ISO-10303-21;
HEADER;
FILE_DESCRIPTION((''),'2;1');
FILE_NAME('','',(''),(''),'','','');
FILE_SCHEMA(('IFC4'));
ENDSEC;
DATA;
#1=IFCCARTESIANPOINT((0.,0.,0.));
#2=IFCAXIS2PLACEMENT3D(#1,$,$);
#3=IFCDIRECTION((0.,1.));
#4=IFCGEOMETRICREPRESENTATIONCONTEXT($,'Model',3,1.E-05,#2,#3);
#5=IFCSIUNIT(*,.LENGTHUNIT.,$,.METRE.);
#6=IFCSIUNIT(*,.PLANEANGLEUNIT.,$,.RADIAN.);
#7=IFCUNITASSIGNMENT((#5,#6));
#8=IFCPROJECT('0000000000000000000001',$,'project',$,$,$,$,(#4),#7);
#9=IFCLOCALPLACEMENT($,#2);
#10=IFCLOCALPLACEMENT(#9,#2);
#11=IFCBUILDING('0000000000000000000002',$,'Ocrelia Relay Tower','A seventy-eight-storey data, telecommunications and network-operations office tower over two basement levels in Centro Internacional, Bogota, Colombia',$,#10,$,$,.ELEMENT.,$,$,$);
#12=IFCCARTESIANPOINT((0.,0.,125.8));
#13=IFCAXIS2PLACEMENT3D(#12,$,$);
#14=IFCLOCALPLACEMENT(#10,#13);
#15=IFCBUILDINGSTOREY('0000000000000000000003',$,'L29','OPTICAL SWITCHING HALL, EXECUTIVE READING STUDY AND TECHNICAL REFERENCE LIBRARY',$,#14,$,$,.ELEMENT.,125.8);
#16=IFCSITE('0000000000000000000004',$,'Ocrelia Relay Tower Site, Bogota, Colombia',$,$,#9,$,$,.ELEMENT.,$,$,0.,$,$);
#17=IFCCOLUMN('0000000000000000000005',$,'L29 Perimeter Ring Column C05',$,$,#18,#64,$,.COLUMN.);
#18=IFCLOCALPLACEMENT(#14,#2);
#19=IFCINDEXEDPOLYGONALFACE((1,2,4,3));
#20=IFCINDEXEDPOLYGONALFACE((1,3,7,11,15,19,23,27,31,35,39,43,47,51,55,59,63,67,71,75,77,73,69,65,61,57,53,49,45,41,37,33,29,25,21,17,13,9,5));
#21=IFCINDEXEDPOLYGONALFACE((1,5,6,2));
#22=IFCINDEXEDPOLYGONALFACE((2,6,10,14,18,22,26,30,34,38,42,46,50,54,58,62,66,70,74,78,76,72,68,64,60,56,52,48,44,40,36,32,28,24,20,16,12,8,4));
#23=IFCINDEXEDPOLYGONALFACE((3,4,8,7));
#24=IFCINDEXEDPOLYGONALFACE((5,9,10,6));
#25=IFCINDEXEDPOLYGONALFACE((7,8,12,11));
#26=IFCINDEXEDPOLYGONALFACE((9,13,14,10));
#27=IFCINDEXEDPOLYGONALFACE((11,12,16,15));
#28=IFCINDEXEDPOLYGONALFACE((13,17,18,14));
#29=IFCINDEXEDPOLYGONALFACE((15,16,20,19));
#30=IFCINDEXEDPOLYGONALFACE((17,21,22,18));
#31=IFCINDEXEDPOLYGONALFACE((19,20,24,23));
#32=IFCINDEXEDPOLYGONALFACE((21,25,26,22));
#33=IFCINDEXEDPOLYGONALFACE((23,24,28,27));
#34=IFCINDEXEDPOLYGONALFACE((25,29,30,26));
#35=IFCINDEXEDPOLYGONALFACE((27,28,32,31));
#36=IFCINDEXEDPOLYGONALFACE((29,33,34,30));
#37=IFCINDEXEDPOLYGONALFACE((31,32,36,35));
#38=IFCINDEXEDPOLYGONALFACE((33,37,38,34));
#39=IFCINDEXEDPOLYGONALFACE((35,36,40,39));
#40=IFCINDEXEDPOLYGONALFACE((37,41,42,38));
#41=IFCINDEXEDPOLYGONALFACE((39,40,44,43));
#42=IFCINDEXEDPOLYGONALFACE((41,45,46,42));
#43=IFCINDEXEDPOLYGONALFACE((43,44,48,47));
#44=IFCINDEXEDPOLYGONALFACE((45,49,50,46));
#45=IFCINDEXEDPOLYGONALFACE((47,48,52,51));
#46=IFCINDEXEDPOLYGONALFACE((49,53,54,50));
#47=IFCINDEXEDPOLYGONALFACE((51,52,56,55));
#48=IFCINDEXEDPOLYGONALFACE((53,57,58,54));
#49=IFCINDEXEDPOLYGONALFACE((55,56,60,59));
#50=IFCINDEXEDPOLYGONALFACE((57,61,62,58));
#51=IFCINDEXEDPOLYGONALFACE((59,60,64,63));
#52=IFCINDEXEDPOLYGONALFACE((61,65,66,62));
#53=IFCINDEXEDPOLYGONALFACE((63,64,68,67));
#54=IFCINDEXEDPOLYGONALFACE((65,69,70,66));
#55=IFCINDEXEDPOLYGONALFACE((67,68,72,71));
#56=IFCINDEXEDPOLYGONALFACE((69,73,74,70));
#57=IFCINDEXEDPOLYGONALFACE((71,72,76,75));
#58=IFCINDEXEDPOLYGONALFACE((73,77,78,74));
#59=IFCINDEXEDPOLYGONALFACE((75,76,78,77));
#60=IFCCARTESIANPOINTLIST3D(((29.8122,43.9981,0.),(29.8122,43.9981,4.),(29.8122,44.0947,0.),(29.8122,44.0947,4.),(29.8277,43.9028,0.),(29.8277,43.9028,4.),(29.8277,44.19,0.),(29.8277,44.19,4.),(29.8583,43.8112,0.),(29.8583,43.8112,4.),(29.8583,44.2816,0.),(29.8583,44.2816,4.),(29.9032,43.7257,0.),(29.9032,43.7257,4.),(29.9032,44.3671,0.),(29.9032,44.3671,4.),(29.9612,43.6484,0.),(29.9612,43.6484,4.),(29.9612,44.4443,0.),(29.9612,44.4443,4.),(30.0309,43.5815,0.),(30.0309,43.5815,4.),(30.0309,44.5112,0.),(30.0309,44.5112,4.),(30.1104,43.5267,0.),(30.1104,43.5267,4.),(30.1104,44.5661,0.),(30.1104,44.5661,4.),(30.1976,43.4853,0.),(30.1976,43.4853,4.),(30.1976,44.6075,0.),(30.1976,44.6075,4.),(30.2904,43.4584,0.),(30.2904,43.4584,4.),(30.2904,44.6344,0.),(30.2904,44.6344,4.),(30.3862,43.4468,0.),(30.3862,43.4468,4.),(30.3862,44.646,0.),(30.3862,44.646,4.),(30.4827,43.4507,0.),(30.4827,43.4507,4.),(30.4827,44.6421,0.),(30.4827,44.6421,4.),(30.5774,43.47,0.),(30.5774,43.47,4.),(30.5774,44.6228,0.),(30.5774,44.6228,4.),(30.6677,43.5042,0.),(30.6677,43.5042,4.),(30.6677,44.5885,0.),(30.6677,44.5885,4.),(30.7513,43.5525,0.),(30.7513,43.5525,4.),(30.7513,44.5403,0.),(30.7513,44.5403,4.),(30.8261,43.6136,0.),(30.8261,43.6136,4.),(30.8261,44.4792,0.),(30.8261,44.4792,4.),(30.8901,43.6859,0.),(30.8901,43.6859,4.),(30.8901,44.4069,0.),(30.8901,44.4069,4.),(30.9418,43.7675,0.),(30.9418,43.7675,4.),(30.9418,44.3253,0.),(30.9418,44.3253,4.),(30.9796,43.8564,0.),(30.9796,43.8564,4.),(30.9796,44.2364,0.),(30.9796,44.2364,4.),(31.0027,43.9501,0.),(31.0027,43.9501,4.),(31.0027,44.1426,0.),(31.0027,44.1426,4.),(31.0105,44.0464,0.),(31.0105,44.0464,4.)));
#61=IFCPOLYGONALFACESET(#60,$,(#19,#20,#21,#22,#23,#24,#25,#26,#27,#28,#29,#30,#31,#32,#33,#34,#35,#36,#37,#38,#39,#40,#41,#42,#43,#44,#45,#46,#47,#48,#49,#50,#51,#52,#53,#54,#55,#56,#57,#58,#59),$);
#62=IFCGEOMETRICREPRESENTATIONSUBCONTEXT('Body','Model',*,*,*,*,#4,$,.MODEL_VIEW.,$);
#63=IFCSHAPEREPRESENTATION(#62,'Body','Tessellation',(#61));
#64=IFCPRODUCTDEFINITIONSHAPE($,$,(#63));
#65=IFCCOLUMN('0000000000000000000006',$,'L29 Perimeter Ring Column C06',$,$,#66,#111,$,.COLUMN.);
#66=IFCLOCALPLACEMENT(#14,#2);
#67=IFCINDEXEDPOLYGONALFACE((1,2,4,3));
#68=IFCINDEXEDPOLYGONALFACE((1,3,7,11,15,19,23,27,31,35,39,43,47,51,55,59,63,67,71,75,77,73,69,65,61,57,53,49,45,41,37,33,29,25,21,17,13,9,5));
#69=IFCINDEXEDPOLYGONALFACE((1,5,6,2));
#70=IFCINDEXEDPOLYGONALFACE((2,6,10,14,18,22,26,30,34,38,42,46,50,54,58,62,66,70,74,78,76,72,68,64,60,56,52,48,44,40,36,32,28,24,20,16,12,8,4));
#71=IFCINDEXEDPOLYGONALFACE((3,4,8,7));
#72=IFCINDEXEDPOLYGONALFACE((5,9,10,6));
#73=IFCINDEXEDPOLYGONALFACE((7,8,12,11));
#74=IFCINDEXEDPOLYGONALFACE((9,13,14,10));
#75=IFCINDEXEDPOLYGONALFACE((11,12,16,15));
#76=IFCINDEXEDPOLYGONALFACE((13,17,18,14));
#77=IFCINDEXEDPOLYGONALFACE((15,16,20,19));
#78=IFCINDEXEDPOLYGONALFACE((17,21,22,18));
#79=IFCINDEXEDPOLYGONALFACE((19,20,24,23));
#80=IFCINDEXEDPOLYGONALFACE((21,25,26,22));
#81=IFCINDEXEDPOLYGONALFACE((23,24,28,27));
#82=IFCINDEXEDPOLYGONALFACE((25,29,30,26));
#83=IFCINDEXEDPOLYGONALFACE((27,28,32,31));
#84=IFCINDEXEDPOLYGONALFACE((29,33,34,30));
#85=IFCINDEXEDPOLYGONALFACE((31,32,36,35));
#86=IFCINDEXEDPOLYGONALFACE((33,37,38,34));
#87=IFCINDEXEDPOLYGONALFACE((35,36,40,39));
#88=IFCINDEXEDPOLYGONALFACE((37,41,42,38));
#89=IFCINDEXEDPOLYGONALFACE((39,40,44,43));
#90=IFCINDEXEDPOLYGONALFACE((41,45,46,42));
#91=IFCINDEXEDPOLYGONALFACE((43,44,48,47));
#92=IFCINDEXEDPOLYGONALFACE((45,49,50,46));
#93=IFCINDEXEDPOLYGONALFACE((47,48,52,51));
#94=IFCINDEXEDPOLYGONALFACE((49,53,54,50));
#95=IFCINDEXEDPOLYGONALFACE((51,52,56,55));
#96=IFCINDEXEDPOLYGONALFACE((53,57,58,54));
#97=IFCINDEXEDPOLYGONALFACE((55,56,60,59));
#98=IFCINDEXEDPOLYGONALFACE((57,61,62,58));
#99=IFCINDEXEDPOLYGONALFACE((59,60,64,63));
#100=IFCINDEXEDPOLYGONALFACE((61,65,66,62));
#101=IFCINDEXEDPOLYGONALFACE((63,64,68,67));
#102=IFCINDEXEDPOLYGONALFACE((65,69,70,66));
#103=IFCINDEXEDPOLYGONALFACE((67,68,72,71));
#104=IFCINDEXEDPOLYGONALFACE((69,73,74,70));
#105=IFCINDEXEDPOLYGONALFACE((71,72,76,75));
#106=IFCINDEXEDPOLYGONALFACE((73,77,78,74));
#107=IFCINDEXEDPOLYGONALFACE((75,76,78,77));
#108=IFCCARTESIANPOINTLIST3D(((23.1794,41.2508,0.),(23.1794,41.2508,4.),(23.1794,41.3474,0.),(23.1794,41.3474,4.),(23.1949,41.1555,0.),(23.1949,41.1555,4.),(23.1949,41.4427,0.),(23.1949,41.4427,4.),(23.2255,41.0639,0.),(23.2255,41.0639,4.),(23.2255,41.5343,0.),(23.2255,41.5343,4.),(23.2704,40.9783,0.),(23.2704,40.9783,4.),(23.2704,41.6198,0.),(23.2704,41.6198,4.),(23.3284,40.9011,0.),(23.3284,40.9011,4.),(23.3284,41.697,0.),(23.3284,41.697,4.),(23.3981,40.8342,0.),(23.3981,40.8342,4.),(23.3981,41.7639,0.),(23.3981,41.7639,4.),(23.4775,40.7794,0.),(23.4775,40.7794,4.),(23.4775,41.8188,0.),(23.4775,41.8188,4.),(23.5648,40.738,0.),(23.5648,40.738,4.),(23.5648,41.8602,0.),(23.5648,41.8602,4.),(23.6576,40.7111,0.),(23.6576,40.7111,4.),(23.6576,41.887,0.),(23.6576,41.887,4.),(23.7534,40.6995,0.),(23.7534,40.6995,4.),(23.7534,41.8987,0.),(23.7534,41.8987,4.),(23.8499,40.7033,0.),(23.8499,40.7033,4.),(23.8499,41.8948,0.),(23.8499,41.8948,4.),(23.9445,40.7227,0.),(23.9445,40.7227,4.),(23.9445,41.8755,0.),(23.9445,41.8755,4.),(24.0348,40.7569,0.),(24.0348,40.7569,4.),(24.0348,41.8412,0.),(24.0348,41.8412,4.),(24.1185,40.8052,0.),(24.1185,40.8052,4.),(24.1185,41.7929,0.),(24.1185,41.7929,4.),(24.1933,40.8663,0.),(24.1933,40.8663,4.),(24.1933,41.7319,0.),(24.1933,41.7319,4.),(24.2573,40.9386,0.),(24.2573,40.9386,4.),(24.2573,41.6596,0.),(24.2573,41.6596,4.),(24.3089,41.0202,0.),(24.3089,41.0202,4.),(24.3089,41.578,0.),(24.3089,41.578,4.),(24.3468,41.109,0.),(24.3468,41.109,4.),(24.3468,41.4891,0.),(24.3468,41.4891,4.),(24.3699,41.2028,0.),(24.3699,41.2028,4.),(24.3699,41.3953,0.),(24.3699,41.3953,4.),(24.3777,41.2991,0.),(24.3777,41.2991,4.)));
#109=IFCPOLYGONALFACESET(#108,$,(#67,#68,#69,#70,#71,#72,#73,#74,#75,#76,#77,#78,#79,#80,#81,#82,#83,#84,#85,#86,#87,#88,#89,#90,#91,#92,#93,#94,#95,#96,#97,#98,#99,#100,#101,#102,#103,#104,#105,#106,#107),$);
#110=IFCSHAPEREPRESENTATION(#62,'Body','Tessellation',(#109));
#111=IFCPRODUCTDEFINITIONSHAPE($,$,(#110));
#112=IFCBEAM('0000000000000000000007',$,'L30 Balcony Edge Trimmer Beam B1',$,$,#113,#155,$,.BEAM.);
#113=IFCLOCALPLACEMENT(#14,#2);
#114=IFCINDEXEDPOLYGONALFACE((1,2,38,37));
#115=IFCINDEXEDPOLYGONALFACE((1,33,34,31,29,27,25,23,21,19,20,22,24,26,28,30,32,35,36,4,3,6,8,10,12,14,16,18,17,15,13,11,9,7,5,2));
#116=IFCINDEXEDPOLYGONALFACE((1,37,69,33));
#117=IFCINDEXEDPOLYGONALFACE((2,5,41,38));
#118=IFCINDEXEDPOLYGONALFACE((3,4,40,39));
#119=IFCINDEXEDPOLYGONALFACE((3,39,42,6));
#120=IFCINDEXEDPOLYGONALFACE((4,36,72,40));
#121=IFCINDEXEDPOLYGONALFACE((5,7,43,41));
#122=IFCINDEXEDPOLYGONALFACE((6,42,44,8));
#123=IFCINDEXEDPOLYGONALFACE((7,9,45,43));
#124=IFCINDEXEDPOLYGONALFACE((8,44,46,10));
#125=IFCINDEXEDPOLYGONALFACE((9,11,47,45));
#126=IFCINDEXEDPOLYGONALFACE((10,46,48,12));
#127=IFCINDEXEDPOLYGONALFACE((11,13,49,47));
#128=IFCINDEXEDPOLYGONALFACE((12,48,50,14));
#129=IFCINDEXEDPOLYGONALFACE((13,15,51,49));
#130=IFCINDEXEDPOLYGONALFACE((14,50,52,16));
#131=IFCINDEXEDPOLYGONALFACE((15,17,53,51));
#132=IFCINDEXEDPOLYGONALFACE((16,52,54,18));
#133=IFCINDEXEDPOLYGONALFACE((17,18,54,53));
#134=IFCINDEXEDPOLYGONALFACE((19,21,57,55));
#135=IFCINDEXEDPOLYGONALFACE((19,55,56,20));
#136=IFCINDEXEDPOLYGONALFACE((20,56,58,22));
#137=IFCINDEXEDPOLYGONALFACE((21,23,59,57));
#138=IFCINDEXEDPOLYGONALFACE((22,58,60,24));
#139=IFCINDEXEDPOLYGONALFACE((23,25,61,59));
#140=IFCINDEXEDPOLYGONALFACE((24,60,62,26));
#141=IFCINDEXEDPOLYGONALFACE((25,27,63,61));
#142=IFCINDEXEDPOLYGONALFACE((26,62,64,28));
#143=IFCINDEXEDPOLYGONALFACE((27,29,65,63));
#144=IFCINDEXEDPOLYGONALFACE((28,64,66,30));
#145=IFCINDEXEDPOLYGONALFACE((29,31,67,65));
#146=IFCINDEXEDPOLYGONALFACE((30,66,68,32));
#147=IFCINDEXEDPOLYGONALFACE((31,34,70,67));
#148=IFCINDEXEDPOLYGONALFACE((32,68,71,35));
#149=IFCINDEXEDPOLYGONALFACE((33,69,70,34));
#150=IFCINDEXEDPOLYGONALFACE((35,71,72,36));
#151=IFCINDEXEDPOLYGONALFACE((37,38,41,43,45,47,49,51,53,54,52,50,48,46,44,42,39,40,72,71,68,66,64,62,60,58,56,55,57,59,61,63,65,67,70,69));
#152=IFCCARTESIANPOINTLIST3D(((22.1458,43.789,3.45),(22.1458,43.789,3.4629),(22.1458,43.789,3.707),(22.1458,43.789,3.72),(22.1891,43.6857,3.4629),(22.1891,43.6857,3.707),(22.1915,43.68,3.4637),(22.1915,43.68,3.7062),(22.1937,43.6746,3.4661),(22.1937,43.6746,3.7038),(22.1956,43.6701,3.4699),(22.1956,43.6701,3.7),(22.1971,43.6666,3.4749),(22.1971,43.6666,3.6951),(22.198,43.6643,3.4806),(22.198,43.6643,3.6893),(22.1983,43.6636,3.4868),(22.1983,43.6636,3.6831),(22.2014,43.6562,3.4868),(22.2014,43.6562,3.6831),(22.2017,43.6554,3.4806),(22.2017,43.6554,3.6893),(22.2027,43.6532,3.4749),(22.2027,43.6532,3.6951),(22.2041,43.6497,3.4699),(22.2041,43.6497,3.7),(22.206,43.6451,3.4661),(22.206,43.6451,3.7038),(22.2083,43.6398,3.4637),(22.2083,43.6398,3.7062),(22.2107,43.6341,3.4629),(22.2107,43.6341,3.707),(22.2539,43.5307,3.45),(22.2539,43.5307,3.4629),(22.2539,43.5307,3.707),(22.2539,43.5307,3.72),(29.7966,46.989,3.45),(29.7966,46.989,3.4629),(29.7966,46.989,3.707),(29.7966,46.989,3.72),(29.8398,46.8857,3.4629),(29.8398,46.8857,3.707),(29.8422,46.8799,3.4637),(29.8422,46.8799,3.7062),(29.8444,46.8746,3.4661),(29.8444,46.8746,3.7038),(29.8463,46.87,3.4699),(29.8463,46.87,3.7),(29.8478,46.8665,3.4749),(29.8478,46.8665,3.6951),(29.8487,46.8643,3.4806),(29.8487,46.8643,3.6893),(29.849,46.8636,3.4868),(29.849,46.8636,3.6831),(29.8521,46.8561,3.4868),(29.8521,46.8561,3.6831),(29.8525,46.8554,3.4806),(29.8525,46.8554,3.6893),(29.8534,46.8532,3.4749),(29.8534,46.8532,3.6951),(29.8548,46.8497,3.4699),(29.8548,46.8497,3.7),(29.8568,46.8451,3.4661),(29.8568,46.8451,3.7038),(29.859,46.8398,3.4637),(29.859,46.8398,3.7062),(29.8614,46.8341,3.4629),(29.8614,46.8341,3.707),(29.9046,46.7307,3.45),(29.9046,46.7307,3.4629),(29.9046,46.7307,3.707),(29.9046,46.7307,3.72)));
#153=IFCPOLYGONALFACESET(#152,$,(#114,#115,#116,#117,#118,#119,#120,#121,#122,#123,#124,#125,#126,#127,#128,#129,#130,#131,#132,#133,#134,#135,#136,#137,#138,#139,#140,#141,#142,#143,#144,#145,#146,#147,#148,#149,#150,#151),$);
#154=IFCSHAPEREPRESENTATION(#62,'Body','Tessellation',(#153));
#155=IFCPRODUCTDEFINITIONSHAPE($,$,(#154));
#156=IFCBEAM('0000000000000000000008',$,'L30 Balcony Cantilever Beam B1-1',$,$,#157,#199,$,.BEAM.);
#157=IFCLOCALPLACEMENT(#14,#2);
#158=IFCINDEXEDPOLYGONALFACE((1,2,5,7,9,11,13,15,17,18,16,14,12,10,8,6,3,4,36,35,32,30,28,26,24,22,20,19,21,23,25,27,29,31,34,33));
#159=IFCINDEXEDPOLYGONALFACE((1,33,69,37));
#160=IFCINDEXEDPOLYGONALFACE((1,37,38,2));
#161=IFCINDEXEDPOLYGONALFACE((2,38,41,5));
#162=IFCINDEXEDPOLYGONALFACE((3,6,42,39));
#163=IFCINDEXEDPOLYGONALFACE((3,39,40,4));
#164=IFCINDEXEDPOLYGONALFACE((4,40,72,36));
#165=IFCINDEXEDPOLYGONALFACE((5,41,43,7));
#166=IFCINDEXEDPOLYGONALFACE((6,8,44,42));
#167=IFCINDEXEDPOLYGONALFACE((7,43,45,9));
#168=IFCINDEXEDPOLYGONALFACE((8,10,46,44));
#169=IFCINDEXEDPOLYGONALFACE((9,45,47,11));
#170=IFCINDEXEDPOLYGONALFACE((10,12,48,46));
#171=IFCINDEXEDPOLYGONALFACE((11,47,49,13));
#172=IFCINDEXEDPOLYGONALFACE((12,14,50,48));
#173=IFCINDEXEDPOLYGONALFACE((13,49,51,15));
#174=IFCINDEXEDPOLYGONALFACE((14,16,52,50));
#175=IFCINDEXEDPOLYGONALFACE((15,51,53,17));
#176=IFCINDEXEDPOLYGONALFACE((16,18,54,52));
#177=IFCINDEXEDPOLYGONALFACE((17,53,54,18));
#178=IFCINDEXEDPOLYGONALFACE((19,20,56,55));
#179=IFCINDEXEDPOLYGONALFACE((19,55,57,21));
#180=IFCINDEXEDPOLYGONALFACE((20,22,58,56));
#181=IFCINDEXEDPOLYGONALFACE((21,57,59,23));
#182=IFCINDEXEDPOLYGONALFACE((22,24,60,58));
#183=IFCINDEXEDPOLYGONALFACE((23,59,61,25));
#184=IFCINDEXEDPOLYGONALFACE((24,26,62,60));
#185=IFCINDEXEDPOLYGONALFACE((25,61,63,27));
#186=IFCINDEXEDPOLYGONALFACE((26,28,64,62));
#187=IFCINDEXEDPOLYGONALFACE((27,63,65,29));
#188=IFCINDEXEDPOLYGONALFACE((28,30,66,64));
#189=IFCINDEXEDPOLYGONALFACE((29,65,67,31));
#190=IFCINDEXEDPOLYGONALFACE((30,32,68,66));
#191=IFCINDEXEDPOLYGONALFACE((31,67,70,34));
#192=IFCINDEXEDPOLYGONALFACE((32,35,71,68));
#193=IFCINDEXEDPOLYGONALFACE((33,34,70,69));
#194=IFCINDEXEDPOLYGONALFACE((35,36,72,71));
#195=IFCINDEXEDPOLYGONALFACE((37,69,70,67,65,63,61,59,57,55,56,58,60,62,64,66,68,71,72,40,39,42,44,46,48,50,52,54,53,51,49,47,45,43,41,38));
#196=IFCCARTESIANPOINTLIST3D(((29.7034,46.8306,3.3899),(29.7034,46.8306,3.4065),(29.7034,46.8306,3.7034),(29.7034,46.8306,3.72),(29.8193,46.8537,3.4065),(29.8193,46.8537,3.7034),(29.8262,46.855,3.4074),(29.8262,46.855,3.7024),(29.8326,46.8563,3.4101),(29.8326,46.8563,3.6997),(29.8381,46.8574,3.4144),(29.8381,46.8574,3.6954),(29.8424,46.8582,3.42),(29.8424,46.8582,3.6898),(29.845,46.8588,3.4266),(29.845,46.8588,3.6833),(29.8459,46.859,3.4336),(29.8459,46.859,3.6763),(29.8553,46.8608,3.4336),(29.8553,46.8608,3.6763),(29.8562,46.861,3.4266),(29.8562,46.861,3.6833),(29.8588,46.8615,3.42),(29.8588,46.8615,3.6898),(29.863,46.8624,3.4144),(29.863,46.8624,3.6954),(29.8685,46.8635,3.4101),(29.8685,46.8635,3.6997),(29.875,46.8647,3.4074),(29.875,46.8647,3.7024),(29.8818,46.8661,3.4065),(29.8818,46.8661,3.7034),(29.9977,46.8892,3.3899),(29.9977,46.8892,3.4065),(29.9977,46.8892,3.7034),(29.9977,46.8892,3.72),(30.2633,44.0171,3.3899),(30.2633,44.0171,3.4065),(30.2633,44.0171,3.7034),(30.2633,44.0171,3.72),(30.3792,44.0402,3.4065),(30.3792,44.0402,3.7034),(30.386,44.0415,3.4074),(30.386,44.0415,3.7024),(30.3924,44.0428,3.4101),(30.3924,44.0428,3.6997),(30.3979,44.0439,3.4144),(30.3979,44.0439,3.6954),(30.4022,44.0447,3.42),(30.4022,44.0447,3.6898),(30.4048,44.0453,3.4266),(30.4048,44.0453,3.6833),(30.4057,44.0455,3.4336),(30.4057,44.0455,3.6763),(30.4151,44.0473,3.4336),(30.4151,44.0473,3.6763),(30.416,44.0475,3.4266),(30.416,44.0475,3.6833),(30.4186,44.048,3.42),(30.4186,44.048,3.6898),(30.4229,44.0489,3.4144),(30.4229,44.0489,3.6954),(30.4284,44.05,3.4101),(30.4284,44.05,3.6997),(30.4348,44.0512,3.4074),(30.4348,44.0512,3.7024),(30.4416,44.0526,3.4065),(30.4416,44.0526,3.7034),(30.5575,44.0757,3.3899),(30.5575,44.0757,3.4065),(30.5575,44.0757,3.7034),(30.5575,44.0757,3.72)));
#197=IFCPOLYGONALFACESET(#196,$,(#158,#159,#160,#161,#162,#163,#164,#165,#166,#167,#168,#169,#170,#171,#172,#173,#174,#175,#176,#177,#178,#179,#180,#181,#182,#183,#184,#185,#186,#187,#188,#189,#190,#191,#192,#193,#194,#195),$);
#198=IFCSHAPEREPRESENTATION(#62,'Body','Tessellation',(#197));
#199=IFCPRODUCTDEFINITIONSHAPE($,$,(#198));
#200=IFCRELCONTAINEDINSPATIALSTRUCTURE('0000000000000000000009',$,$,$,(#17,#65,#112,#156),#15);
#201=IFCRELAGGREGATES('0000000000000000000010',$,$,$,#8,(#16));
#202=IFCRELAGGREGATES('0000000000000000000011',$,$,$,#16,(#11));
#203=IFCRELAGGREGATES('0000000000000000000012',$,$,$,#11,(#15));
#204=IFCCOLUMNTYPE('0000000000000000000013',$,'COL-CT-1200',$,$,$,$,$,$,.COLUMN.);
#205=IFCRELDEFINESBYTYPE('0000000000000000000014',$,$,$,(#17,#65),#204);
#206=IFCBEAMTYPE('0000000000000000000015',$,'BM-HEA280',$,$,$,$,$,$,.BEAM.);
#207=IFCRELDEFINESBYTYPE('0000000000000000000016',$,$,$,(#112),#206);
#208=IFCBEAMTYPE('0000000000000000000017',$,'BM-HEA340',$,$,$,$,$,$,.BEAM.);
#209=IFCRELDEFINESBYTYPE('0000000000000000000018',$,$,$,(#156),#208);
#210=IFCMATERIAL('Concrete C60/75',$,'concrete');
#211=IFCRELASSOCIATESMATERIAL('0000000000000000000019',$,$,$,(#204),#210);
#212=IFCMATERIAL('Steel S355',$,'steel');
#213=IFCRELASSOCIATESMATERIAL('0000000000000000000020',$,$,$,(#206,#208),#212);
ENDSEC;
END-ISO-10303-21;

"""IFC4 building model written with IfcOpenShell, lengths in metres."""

from ifc_helpers import new_model, si_unit, direction, frame, origin, origin_2d, place, context, subcontext, project, spatial, circle, i_section, extrude, material, material_profile, profile_set, type_object, element, save


model = new_model("IFC4")

# Units and contexts
model_context = context("Model", 3, precision=1e-05, world=origin(), true_north=direction((0.0, 1.0)))
body_context = subcontext(model_context, "Body", "Model", "MODEL_VIEW")
ifc_project = project(units=[si_unit("LENGTHUNIT", "METRE"), si_unit("PLANEANGLEUNIT", "RADIAN")], contexts=[model_context])

# Site, building, storey
site_placement = place(None, origin())
site = spatial("IfcSite", under=ifc_project, at=site_placement, Name="Ocrelia Relay Tower Site, Bogota, Colombia", CompositionType="ELEMENT", RefElevation=0.0)
building_placement = place(site_placement, origin())
building = spatial("IfcBuilding", under=site, at=building_placement, Name="Ocrelia Relay Tower", Description="A seventy-eight-storey data, telecommunications and network-operations office tower over two basement levels in Centro Internacional, Bogota, Colombia", CompositionType="ELEMENT")
storey_placement = place(building_placement, frame((0.0, 0.0, 125.8)))
storey = spatial("IfcBuildingStorey", under=building, at=storey_placement, Name="L29", Description="OPTICAL SWITCHING HALL, EXECUTIVE READING STUDY AND TECHNICAL REFERENCE LIBRARY", CompositionType="ELEMENT", Elevation=125.8)

# Columns
ifc_material_1 = material(Name="Concrete C60/75", Category="concrete")
ifc_material_profile_1 = material_profile(ifc_material_1, circle(Radius=0.6001, at=origin_2d()), Name="RC-CIR-1200")
ifc_profile_set_1 = profile_set([ifc_material_profile_1], Name="Concrete C60/75")
column_type = type_object("IfcColumnType", Name="COL-CT-1200", PredefinedType="COLUMN", material=ifc_profile_set_1)
for number, where, z_axis, x_axis, name in (
    (1, (30.4104, 44.0464, 0.0), (0.0, 0.0, 1.0), (1.0, 0.0, 0.0), "L29 Perimeter Ring Column C05"),
    (2, (23.7776, 41.2991, 0.0), (0.0, 0.0, 1.0), (1.0, 0.0, 0.0), "L29 Perimeter Ring Column C06"),
):
    element("IfcColumn", number, at=place(storey_placement, frame(where, z_axis=z_axis, x_axis=x_axis)), inside=storey, type_object=column_type, Name=name, PredefinedType="COLUMN", context=body_context, shape_type="SweptSolid", body=[
        extrude(circle(Radius=0.6001, at=origin_2d()), origin(), (0.0, 0.0, 1.0), 4.0),
    ])

# Beams
ifc_material_2 = material(Name="Steel S355", Category="steel")
ifc_material_profile_2 = material_profile(ifc_material_2, i_section(OverallWidth=0.28, OverallDepth=0.27, WebThickness=0.0081, FlangeThickness=0.0129, FilletRadius=0.0239, at=origin_2d()), Name="HEA 280")
ifc_profile_set_2 = profile_set([ifc_material_profile_2], Name="Steel S355")
beam_type_1 = type_object("IfcBeamType", Name="BM-HEA280", PredefinedType="BEAM", material=ifc_profile_set_2)
beam_1_placement = place(storey_placement, frame((29.8506, 46.8599, 3.585), z_axis=(-0.922554, -0.385867, 0.0), x_axis=(0.385867, -0.922554, 0.0)))
element("IfcBeam", 3, at=beam_1_placement, inside=storey, type_object=beam_type_1, Name="L30 Balcony Edge Trimmer Beam B1", PredefinedType="BEAM", context=body_context, shape_type="SweptSolid", body=[
    extrude(i_section(OverallWidth=0.28, OverallDepth=0.27, WebThickness=0.0081, FlangeThickness=0.0129, FilletRadius=0.0239, at=origin_2d()), origin(), (0.0, 0.0, 1.0), 8.293),
])
ifc_material_profile_3 = material_profile(ifc_material_2, i_section(OverallWidth=0.3, OverallDepth=0.3301, WebThickness=0.0095, FlangeThickness=0.0166, FilletRadius=0.0271, at=origin_2d()), Name="HEA 340")
ifc_profile_set_3 = profile_set([ifc_material_profile_3], Name="Steel S355")
beam_type_2 = type_object("IfcBeamType", Name="BM-HEA340", PredefinedType="BEAM", material=ifc_profile_set_3)
beam_2_placement = place(storey_placement, frame((30.4104, 44.0464, 3.5549), z_axis=(-0.19515, 0.980773, 0.0), x_axis=(-0.980773, -0.19515, 0.0)))
element("IfcBeam", 4, at=beam_2_placement, inside=storey, type_object=beam_type_2, Name="L30 Balcony Cantilever Beam B1-1", PredefinedType="BEAM", context=body_context, shape_type="SweptSolid", body=[
    extrude(i_section(OverallWidth=0.3, OverallDepth=0.3301, WebThickness=0.0095, FlangeThickness=0.0166, FilletRadius=0.0271, at=origin_2d()), origin(), (0.0, 0.0, 1.0), 2.8687),
])

save(model, "model.ifc")
